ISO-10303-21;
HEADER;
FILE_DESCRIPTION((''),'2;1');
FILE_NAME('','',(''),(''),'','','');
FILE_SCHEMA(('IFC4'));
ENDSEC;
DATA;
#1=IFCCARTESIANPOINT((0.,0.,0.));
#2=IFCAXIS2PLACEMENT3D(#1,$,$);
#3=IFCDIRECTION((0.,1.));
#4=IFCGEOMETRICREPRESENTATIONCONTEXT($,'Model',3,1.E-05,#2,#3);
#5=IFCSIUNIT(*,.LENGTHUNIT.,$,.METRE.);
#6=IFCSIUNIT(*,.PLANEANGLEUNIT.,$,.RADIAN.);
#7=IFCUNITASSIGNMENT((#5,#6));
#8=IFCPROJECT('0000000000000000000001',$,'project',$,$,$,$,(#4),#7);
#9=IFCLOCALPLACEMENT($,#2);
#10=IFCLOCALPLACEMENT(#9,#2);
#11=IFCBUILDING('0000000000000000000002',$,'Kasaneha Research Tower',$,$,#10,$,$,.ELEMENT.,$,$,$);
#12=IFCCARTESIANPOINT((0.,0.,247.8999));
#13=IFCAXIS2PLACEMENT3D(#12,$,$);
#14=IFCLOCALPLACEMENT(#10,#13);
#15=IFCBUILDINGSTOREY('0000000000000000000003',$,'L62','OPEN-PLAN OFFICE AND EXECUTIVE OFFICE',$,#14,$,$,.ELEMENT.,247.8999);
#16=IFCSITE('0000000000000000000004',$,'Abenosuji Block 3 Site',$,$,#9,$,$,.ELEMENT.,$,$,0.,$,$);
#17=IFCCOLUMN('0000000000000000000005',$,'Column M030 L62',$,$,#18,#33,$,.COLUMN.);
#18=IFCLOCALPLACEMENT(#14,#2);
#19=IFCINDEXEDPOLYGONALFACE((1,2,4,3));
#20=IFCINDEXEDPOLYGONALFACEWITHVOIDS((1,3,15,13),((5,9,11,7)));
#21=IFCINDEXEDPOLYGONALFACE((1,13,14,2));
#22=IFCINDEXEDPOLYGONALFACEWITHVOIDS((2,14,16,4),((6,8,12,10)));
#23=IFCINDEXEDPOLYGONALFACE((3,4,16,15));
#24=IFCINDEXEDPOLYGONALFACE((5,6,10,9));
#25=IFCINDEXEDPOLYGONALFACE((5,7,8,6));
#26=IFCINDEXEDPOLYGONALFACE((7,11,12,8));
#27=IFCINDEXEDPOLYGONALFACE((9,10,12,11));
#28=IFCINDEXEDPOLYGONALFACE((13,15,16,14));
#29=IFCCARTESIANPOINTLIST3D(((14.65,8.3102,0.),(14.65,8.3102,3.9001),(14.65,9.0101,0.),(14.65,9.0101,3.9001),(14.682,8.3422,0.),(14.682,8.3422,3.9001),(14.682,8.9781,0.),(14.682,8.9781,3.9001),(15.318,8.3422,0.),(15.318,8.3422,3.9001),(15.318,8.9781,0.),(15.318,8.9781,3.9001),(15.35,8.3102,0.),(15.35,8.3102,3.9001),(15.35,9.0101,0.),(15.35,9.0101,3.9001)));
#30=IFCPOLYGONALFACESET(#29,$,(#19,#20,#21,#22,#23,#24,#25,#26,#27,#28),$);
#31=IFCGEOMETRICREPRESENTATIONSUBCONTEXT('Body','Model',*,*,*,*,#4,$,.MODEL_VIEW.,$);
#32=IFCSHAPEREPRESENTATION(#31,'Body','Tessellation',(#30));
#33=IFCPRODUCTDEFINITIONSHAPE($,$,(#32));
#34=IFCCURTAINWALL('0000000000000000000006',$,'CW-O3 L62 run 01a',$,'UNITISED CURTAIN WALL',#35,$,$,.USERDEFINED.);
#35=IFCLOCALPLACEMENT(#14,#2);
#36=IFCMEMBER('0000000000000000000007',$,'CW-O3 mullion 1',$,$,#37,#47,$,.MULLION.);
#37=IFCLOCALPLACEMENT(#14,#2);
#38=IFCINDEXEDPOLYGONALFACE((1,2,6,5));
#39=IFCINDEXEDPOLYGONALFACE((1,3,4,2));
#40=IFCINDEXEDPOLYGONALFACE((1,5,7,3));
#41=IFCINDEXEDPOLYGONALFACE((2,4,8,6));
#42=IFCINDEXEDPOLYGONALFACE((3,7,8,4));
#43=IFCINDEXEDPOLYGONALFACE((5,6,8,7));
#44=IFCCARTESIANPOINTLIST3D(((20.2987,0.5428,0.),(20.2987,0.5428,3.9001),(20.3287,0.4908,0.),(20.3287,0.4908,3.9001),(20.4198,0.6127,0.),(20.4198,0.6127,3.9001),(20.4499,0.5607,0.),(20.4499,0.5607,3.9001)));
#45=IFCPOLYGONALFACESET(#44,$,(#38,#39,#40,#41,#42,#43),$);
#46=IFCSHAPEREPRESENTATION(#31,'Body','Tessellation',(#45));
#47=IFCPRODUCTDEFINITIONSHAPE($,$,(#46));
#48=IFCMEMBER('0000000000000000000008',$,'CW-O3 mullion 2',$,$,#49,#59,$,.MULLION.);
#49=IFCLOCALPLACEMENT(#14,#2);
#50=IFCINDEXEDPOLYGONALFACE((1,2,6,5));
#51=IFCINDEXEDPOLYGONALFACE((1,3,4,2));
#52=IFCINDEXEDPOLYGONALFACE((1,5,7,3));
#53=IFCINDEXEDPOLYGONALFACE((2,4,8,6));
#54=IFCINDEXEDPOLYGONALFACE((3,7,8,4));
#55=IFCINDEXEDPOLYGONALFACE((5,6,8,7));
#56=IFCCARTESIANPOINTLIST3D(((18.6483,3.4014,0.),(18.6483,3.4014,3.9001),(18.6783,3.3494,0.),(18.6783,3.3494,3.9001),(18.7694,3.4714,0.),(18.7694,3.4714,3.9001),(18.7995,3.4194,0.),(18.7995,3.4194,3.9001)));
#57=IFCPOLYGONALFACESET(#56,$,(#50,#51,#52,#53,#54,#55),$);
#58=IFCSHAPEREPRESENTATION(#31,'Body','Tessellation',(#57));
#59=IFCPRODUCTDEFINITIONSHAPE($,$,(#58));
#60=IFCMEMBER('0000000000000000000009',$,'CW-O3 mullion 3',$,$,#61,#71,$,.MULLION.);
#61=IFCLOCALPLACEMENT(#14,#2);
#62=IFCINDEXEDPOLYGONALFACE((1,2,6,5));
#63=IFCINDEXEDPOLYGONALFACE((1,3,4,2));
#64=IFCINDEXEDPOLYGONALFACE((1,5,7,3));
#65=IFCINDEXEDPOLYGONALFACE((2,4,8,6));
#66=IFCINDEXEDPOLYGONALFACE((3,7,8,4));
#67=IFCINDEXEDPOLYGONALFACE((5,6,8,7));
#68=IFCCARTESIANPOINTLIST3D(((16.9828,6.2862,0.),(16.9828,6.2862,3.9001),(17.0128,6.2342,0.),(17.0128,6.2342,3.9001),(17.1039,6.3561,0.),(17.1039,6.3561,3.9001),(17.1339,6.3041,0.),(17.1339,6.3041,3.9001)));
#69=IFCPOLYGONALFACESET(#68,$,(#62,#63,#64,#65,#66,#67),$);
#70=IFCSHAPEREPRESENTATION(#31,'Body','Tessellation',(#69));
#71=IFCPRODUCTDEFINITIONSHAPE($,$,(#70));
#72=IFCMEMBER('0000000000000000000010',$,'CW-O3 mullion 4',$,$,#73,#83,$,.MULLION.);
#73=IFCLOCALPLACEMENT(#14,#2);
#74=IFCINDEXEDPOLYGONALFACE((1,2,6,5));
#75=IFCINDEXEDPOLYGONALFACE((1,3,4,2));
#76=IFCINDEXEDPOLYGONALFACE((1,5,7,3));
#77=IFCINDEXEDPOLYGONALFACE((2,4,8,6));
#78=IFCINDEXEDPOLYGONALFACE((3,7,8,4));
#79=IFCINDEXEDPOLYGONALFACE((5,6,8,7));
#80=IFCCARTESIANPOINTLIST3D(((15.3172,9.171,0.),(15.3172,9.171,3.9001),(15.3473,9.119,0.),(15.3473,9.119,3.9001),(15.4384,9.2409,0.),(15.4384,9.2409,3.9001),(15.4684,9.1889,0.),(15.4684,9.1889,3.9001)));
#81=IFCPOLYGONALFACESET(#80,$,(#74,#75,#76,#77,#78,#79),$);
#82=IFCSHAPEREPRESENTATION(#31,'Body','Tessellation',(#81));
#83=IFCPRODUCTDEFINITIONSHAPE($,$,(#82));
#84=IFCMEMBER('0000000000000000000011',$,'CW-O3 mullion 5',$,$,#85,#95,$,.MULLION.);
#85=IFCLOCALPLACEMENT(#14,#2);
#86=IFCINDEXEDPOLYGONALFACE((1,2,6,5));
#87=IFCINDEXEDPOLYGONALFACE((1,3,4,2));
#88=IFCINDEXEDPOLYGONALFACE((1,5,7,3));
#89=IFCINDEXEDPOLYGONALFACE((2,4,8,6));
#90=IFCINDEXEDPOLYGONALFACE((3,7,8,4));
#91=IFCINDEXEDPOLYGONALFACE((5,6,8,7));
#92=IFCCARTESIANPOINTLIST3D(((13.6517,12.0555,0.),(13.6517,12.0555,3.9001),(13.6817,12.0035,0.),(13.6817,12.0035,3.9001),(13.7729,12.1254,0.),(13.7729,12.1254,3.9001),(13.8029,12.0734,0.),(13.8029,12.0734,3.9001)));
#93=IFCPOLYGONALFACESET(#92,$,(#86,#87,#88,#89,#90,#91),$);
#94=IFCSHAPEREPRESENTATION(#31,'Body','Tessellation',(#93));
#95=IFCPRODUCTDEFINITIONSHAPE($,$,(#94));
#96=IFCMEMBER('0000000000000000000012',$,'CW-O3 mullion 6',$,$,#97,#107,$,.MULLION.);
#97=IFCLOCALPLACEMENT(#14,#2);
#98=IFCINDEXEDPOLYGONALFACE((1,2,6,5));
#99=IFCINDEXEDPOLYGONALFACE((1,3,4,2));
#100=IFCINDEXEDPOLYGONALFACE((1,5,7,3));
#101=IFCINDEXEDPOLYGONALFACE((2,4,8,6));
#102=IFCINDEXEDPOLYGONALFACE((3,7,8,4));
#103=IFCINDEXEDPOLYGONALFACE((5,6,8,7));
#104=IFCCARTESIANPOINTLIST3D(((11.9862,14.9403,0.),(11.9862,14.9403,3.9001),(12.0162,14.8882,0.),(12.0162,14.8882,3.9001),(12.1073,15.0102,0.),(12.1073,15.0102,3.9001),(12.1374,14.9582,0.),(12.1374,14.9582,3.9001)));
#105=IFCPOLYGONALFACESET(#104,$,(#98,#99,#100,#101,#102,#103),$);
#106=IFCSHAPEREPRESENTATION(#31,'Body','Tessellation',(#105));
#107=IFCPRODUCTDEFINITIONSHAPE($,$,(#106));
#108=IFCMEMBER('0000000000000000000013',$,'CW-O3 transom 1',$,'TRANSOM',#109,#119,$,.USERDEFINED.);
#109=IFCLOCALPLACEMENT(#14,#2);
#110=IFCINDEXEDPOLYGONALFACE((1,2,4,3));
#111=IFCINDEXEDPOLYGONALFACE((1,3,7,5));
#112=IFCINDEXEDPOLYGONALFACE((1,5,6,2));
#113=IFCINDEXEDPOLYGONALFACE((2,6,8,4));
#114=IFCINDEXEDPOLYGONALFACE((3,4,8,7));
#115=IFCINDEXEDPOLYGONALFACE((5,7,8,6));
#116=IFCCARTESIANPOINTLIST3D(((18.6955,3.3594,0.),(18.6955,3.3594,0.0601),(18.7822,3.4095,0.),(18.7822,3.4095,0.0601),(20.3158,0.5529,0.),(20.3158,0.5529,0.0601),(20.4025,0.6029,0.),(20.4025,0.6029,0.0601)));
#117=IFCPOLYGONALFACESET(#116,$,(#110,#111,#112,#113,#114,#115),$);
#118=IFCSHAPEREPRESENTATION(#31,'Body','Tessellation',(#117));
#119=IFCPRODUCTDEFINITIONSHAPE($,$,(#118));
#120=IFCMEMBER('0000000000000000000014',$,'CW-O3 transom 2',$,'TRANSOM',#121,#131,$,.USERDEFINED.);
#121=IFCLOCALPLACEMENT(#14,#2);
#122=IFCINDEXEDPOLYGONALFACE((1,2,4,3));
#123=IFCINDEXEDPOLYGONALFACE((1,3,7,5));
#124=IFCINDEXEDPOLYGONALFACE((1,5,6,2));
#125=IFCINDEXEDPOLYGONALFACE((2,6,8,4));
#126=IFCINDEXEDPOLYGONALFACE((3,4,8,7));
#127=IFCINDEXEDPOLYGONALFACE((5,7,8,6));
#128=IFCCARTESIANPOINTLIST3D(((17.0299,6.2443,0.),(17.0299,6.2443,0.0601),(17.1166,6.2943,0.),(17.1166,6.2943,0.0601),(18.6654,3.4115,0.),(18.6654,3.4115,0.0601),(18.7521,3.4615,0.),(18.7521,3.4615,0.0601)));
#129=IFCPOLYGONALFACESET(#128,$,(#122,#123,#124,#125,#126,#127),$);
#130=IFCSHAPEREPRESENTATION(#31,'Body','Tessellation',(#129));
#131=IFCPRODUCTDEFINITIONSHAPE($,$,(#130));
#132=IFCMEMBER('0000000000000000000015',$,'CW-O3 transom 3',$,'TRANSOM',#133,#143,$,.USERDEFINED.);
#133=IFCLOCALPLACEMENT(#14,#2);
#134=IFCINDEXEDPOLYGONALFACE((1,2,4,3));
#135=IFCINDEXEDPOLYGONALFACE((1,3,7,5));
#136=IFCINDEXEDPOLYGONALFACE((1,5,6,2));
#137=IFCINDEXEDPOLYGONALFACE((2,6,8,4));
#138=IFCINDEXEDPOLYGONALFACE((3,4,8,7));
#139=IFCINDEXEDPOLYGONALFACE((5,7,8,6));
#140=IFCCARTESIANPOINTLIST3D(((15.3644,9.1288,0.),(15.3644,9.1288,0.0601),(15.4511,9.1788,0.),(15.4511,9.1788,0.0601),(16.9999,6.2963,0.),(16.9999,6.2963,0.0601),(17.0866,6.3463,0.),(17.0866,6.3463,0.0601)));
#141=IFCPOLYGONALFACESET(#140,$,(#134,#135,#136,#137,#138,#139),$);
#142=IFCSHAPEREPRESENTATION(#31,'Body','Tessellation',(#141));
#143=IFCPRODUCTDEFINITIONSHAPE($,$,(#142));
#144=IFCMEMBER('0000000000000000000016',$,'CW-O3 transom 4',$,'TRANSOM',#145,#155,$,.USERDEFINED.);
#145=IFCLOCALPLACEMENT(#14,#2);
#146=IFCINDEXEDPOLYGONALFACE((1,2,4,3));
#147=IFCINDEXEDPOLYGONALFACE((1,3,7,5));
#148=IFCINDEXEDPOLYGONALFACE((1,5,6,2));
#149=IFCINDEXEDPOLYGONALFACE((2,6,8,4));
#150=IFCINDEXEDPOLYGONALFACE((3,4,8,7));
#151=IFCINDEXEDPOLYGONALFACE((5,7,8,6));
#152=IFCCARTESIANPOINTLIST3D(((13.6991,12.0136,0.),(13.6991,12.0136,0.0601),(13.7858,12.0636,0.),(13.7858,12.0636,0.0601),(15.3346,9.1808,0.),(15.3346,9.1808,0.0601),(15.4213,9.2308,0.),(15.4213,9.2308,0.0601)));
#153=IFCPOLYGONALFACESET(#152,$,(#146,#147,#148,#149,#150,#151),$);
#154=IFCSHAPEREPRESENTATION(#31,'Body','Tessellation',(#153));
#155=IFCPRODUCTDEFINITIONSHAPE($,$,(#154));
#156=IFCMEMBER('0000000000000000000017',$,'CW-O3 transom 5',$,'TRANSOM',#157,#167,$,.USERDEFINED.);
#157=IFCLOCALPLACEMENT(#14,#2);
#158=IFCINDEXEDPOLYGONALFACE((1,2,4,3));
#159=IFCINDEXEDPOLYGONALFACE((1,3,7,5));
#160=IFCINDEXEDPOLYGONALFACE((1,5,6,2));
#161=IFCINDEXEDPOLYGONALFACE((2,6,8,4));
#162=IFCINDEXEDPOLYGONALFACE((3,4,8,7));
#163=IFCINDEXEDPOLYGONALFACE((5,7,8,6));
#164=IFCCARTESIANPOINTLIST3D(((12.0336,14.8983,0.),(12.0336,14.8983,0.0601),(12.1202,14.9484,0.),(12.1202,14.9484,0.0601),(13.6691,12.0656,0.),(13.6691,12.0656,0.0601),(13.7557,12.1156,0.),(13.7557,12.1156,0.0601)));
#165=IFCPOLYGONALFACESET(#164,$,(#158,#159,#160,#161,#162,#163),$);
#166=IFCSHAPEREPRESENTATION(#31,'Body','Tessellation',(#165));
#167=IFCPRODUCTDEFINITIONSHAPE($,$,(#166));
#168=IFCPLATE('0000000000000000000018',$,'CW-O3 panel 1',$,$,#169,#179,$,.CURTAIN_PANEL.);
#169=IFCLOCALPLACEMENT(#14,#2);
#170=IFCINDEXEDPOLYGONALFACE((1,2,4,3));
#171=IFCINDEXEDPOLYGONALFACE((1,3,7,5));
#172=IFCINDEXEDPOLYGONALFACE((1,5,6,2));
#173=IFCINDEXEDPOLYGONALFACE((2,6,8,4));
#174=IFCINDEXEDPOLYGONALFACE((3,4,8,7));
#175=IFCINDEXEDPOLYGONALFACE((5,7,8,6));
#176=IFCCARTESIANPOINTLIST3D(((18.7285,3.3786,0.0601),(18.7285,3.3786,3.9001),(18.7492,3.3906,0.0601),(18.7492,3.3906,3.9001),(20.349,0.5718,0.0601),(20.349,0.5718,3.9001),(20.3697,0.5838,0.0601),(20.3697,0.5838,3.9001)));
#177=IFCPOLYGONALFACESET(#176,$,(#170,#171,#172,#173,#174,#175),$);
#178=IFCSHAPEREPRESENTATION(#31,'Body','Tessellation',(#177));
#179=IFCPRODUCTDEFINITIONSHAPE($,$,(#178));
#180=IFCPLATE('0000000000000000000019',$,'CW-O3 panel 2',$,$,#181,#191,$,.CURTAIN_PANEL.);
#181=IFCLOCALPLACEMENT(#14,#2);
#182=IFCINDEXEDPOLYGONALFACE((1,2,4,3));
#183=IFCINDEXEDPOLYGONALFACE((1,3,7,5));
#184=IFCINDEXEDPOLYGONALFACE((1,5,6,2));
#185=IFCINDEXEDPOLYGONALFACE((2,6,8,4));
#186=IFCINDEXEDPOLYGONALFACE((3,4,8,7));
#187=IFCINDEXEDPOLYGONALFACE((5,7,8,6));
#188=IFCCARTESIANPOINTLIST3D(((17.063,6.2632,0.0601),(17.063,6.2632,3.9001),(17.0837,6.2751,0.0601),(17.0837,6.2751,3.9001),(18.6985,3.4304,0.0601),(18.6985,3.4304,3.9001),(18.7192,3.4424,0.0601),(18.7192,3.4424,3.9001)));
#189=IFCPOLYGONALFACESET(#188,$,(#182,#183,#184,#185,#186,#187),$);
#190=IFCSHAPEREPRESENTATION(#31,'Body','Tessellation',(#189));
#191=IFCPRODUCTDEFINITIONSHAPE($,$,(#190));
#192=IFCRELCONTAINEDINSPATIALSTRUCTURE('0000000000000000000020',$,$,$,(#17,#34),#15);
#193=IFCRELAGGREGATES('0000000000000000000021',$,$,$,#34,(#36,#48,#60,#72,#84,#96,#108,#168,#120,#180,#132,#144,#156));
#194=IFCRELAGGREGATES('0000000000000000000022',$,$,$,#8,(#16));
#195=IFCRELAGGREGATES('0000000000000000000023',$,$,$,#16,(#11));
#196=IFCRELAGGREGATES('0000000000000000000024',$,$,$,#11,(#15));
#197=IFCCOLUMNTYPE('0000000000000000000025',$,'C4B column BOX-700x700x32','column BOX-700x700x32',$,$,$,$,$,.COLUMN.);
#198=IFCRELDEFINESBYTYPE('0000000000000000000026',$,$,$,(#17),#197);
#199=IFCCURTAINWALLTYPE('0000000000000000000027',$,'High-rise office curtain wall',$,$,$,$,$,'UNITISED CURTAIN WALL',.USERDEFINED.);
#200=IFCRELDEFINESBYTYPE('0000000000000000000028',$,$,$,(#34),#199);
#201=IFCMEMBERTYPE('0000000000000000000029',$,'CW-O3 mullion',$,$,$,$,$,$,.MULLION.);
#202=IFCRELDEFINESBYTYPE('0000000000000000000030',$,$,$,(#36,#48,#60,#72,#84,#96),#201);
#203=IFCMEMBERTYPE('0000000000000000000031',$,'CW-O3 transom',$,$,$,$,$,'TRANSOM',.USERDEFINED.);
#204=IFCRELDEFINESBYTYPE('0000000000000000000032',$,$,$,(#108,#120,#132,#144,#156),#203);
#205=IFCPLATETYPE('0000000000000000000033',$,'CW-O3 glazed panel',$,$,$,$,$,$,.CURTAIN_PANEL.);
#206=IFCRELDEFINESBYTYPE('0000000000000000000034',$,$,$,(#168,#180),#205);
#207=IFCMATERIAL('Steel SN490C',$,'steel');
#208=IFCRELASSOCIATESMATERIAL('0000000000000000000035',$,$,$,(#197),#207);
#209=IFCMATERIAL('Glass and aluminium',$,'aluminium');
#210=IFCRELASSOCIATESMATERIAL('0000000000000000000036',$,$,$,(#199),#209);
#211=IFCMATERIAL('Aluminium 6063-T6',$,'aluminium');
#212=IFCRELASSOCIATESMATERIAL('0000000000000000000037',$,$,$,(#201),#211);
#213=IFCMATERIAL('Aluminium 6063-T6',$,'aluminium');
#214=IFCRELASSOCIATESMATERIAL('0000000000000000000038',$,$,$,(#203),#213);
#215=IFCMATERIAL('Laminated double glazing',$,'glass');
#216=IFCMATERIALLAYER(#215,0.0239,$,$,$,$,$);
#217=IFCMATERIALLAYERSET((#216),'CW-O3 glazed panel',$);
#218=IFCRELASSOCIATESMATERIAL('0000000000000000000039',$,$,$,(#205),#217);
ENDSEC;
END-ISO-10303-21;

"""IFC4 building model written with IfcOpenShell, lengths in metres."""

from ifc_helpers import new_model, si_unit, direction, frame, origin, origin_2d, place, context, subcontext, project, spatial, rectangle, hollow_rectangle, extrude, material, layer, layer_set, material_profile, profile_set, type_object, element, aggregate, save


model = new_model("IFC4")

# Units and contexts
model_context = context("Model", 3, precision=1e-05, world=origin(), true_north=direction((0.0, 1.0)))
body_context = subcontext(model_context, "Body", "Model", "MODEL_VIEW")
ifc_project = project(units=[si_unit("LENGTHUNIT", "METRE"), si_unit("PLANEANGLEUNIT", "RADIAN")], contexts=[model_context])

# Site, building, storey
site_placement = place(None, origin())
site = spatial("IfcSite", under=ifc_project, at=site_placement, Name="Abenosuji Block 3 Site", CompositionType="ELEMENT", RefElevation=0.0)
building_placement = place(site_placement, origin())
building = spatial("IfcBuilding", under=site, at=building_placement, Name="Kasaneha Research Tower", CompositionType="ELEMENT")
storey_placement = place(building_placement, frame((0.0, 0.0, 247.8999)))
storey = spatial("IfcBuildingStorey", under=building, at=storey_placement, Name="L62", Description="OPEN-PLAN OFFICE AND EXECUTIVE OFFICE", CompositionType="ELEMENT", Elevation=247.8999)

# Column
ifc_material_1 = material(Name="Steel SN490C", Category="steel")
ifc_material_profile_1 = material_profile(ifc_material_1, hollow_rectangle(XDim=0.7, YDim=0.7, WallThickness=0.032, at=origin_2d()), Name="BOX-700x700x32")
ifc_profile_set_1 = profile_set([ifc_material_profile_1], Name="Steel SN490C")
column_type = type_object("IfcColumnType", Name="C4B column BOX-700x700x32", Description="column BOX-700x700x32", PredefinedType="COLUMN", material=ifc_profile_set_1)
column_placement = place(storey_placement, frame((15.0, 8.6602, 0.0), z_axis=(0.0, 0.0, 1.0), x_axis=(1.0, 0.0, 0.0)))
element("IfcColumn", 1, at=column_placement, inside=storey, type_object=column_type, Name="Column M030 L62", PredefinedType="COLUMN", context=body_context, shape_type="SweptSolid", body=[
    extrude(hollow_rectangle(XDim=0.7, YDim=0.7, WallThickness=0.032, at=origin_2d()), origin(), (0.0, 0.0, 1.0), 3.9001),
])

# Curtain wall, members, plates
ifc_material_2 = material(Name="Glass and aluminium", Category="aluminium")
curtain_wall_type = type_object("IfcCurtainWallType", Name="High-rise office curtain wall", ElementType="UNITISED CURTAIN WALL", PredefinedType="USERDEFINED", material=ifc_material_2)
curtain_wall_placement = place(storey_placement, origin())
curtain_wall = element("IfcCurtainWall", 2, at=curtain_wall_placement, inside=storey, type_object=curtain_wall_type, Name="CW-O3 L62 run 01a", ObjectType="UNITISED CURTAIN WALL", PredefinedType="USERDEFINED")
ifc_material_3 = material(Name="Aluminium 6063-T6", Category="aluminium")
ifc_material_profile_2 = material_profile(ifc_material_3, rectangle(XDim=0.0601, YDim=0.1399, at=origin_2d()), Name="CW-O3 mullion 60x140")
ifc_profile_set_2 = profile_set([ifc_material_profile_2], Name="Aluminium 6063-T6")
member_type_1 = type_object("IfcMemberType", Name="CW-O3 mullion", PredefinedType="MULLION", material=ifc_profile_set_2)
member_1_placement = place(storey_placement, frame((20.3743, 0.5518, 0.0), z_axis=(0.0, 0.0, 1.0), x_axis=(-0.5, 0.866025, 0.0)))
member_1 = element("IfcMember", 3, at=member_1_placement, type_object=member_type_1, Name="CW-O3 mullion 1", PredefinedType="MULLION", context=body_context, shape_type="SweptSolid", body=[
    extrude(rectangle(XDim=0.0601, YDim=0.1399, at=origin_2d()), origin(), (0.0, 0.0, 1.0), 3.9001),
])
member_2_placement = place(storey_placement, frame((18.7239, 3.4104, 0.0), z_axis=(0.0, 0.0, 1.0), x_axis=(-0.5, 0.866025, 0.0)))
member_2 = element("IfcMember", 4, at=member_2_placement, type_object=member_type_1, Name="CW-O3 mullion 2", PredefinedType="MULLION", context=body_context, shape_type="SweptSolid", body=[
    extrude(rectangle(XDim=0.0601, YDim=0.1399, at=origin_2d()), origin(), (0.0, 0.0, 1.0), 3.9001),
])
member_3_placement = place(storey_placement, frame((17.0583, 6.2952, 0.0), z_axis=(0.0, 0.0, 1.0), x_axis=(-0.5, 0.866025, 0.0)))
member_3 = element("IfcMember", 5, at=member_3_placement, type_object=member_type_1, Name="CW-O3 mullion 3", PredefinedType="MULLION", context=body_context, shape_type="SweptSolid", body=[
    extrude(rectangle(XDim=0.0601, YDim=0.1399, at=origin_2d()), origin(), (0.0, 0.0, 1.0), 3.9001),
])
member_4_placement = place(storey_placement, frame((15.3928, 9.1799, 0.0), z_axis=(0.0, 0.0, 1.0), x_axis=(-0.5, 0.866025, 0.0)))
member_4 = element("IfcMember", 6, at=member_4_placement, type_object=member_type_1, Name="CW-O3 mullion 4", PredefinedType="MULLION", context=body_context, shape_type="SweptSolid", body=[
    extrude(rectangle(XDim=0.0601, YDim=0.1399, at=origin_2d()), origin(), (0.0, 0.0, 1.0), 3.9001),
])
member_5_placement = place(storey_placement, frame((13.7273, 12.0645, 0.0), z_axis=(0.0, 0.0, 1.0), x_axis=(-0.5, 0.866025, 0.0)))
member_5 = element("IfcMember", 7, at=member_5_placement, type_object=member_type_1, Name="CW-O3 mullion 5", PredefinedType="MULLION", context=body_context, shape_type="SweptSolid", body=[
    extrude(rectangle(XDim=0.0601, YDim=0.1399, at=origin_2d()), origin(), (0.0, 0.0, 1.0), 3.9001),
])
member_6_placement = place(storey_placement, frame((12.0618, 14.9492, 0.0), z_axis=(0.0, 0.0, 1.0), x_axis=(-0.5, 0.866025, 0.0)))
member_6 = element("IfcMember", 8, at=member_6_placement, type_object=member_type_1, Name="CW-O3 mullion 6", PredefinedType="MULLION", context=body_context, shape_type="SweptSolid", body=[
    extrude(rectangle(XDim=0.0601, YDim=0.1399, at=origin_2d()), origin(), (0.0, 0.0, 1.0), 3.9001),
])
ifc_material_4 = material(Name="Aluminium 6063-T6", Category="aluminium")
ifc_material_profile_3 = material_profile(ifc_material_4, rectangle(XDim=0.1001, YDim=0.0601, at=origin_2d()), Name="CW-O3 transom 100x60")
ifc_profile_set_3 = profile_set([ifc_material_profile_3], Name="Aluminium 6063-T6")
member_type_2 = type_object("IfcMemberType", Name="CW-O3 transom", ElementType="TRANSOM", PredefinedType="USERDEFINED", material=ifc_profile_set_3)
member_7_placement = place(storey_placement, frame((20.3591, 0.5779, 0.03), z_axis=(-0.499988, 0.866033, 0.0), x_axis=(-0.866033, -0.499988, 0.0)))
member_7 = element("IfcMember", 9, at=member_7_placement, type_object=member_type_2, Name="CW-O3 transom 1", ObjectType="TRANSOM", PredefinedType="USERDEFINED", context=body_context, shape_type="SweptSolid", body=[
    extrude(rectangle(XDim=0.1001, YDim=0.0601, at=origin_2d()), origin(), (0.0, 0.0, 1.0), 3.2407),
])
member_8_placement = place(storey_placement, frame((18.7087, 3.4365, 0.03), z_axis=(-0.5, 0.866025, 0.0), x_axis=(-0.866025, -0.5, 0.0)))
member_8 = element("IfcMember", 10, at=member_8_placement, type_object=member_type_2, Name="CW-O3 transom 2", ObjectType="TRANSOM", PredefinedType="USERDEFINED", context=body_context, shape_type="SweptSolid", body=[
    extrude(rectangle(XDim=0.1001, YDim=0.0601, at=origin_2d()), origin(), (0.0, 0.0, 1.0), 3.271),
])
member_9_placement = place(storey_placement, frame((17.0432, 6.3213, 0.03), z_axis=(-0.500033, 0.866007, 0.0), x_axis=(-0.866007, -0.500033, 0.0)))
member_9 = element("IfcMember", 11, at=member_9_placement, type_object=member_type_2, Name="CW-O3 transom 3", ObjectType="TRANSOM", PredefinedType="USERDEFINED", context=body_context, shape_type="SweptSolid", body=[
    extrude(rectangle(XDim=0.1001, YDim=0.0601, at=origin_2d()), origin(), (0.0, 0.0, 1.0), 3.2708),
])
member_10_placement = place(storey_placement, frame((15.3779, 9.2058, 0.03), z_axis=(-0.5, 0.866025, 0.0), x_axis=(-0.866025, -0.5, 0.0)))
member_10 = element("IfcMember", 12, at=member_10_placement, type_object=member_type_2, Name="CW-O3 transom 4", ObjectType="TRANSOM", PredefinedType="USERDEFINED", context=body_context, shape_type="SweptSolid", body=[
    extrude(rectangle(XDim=0.1001, YDim=0.0601, at=origin_2d()), origin(), (0.0, 0.0, 1.0), 3.271),
])
member_11_placement = place(storey_placement, frame((13.7124, 12.0906, 0.03), z_axis=(-0.5, 0.866025, 0.0), x_axis=(-0.866025, -0.5, 0.0)))
member_11 = element("IfcMember", 13, at=member_11_placement, type_object=member_type_2, Name="CW-O3 transom 5", ObjectType="TRANSOM", PredefinedType="USERDEFINED", context=body_context, shape_type="SweptSolid", body=[
    extrude(rectangle(XDim=0.1001, YDim=0.0601, at=origin_2d()), origin(), (0.0, 0.0, 1.0), 3.271),
])
ifc_material_5 = material(Name="Laminated double glazing", Category="glass")
ifc_layer_1 = layer(ifc_material_5, 0.0239)
ifc_layer_set_1 = layer_set([ifc_layer_1], Name="CW-O3 glazed panel")
plate_type = type_object("IfcPlateType", Name="CW-O3 glazed panel", PredefinedType="CURTAIN_PANEL", material=ifc_layer_set_1)
plate_1_placement = place(storey_placement, frame((19.5491, 1.9812, 0.0601), z_axis=(0.0, 0.0, 1.0), x_axis=(-0.5, 0.866025, 0.0)))
plate_1 = element("IfcPlate", 14, at=plate_1_placement, type_object=plate_type, Name="CW-O3 panel 1", PredefinedType="CURTAIN_PANEL", context=body_context, shape_type="SweptSolid", body=[
    extrude(rectangle(XDim=3.241, YDim=0.0239, at=origin_2d()), origin(), (0.0, 0.0, 1.0), 3.8401),
])
plate_2_placement = place(storey_placement, frame((17.8911, 4.8528, 0.0601), z_axis=(0.0, 0.0, 1.0), x_axis=(-0.5, 0.866025, 0.0)))
plate_2 = element("IfcPlate", 15, at=plate_2_placement, type_object=plate_type, Name="CW-O3 panel 2", PredefinedType="CURTAIN_PANEL", context=body_context, shape_type="SweptSolid", body=[
    extrude(rectangle(XDim=3.271, YDim=0.0239, at=origin_2d()), origin(), (0.0, 0.0, 1.0), 3.8401),
])
aggregate(curtain_wall, [member_1, member_2, member_3, member_4, member_5, member_6, member_7, plate_1, member_8, plate_2, member_9, member_10, member_11])

save(model, "model.ifc")
